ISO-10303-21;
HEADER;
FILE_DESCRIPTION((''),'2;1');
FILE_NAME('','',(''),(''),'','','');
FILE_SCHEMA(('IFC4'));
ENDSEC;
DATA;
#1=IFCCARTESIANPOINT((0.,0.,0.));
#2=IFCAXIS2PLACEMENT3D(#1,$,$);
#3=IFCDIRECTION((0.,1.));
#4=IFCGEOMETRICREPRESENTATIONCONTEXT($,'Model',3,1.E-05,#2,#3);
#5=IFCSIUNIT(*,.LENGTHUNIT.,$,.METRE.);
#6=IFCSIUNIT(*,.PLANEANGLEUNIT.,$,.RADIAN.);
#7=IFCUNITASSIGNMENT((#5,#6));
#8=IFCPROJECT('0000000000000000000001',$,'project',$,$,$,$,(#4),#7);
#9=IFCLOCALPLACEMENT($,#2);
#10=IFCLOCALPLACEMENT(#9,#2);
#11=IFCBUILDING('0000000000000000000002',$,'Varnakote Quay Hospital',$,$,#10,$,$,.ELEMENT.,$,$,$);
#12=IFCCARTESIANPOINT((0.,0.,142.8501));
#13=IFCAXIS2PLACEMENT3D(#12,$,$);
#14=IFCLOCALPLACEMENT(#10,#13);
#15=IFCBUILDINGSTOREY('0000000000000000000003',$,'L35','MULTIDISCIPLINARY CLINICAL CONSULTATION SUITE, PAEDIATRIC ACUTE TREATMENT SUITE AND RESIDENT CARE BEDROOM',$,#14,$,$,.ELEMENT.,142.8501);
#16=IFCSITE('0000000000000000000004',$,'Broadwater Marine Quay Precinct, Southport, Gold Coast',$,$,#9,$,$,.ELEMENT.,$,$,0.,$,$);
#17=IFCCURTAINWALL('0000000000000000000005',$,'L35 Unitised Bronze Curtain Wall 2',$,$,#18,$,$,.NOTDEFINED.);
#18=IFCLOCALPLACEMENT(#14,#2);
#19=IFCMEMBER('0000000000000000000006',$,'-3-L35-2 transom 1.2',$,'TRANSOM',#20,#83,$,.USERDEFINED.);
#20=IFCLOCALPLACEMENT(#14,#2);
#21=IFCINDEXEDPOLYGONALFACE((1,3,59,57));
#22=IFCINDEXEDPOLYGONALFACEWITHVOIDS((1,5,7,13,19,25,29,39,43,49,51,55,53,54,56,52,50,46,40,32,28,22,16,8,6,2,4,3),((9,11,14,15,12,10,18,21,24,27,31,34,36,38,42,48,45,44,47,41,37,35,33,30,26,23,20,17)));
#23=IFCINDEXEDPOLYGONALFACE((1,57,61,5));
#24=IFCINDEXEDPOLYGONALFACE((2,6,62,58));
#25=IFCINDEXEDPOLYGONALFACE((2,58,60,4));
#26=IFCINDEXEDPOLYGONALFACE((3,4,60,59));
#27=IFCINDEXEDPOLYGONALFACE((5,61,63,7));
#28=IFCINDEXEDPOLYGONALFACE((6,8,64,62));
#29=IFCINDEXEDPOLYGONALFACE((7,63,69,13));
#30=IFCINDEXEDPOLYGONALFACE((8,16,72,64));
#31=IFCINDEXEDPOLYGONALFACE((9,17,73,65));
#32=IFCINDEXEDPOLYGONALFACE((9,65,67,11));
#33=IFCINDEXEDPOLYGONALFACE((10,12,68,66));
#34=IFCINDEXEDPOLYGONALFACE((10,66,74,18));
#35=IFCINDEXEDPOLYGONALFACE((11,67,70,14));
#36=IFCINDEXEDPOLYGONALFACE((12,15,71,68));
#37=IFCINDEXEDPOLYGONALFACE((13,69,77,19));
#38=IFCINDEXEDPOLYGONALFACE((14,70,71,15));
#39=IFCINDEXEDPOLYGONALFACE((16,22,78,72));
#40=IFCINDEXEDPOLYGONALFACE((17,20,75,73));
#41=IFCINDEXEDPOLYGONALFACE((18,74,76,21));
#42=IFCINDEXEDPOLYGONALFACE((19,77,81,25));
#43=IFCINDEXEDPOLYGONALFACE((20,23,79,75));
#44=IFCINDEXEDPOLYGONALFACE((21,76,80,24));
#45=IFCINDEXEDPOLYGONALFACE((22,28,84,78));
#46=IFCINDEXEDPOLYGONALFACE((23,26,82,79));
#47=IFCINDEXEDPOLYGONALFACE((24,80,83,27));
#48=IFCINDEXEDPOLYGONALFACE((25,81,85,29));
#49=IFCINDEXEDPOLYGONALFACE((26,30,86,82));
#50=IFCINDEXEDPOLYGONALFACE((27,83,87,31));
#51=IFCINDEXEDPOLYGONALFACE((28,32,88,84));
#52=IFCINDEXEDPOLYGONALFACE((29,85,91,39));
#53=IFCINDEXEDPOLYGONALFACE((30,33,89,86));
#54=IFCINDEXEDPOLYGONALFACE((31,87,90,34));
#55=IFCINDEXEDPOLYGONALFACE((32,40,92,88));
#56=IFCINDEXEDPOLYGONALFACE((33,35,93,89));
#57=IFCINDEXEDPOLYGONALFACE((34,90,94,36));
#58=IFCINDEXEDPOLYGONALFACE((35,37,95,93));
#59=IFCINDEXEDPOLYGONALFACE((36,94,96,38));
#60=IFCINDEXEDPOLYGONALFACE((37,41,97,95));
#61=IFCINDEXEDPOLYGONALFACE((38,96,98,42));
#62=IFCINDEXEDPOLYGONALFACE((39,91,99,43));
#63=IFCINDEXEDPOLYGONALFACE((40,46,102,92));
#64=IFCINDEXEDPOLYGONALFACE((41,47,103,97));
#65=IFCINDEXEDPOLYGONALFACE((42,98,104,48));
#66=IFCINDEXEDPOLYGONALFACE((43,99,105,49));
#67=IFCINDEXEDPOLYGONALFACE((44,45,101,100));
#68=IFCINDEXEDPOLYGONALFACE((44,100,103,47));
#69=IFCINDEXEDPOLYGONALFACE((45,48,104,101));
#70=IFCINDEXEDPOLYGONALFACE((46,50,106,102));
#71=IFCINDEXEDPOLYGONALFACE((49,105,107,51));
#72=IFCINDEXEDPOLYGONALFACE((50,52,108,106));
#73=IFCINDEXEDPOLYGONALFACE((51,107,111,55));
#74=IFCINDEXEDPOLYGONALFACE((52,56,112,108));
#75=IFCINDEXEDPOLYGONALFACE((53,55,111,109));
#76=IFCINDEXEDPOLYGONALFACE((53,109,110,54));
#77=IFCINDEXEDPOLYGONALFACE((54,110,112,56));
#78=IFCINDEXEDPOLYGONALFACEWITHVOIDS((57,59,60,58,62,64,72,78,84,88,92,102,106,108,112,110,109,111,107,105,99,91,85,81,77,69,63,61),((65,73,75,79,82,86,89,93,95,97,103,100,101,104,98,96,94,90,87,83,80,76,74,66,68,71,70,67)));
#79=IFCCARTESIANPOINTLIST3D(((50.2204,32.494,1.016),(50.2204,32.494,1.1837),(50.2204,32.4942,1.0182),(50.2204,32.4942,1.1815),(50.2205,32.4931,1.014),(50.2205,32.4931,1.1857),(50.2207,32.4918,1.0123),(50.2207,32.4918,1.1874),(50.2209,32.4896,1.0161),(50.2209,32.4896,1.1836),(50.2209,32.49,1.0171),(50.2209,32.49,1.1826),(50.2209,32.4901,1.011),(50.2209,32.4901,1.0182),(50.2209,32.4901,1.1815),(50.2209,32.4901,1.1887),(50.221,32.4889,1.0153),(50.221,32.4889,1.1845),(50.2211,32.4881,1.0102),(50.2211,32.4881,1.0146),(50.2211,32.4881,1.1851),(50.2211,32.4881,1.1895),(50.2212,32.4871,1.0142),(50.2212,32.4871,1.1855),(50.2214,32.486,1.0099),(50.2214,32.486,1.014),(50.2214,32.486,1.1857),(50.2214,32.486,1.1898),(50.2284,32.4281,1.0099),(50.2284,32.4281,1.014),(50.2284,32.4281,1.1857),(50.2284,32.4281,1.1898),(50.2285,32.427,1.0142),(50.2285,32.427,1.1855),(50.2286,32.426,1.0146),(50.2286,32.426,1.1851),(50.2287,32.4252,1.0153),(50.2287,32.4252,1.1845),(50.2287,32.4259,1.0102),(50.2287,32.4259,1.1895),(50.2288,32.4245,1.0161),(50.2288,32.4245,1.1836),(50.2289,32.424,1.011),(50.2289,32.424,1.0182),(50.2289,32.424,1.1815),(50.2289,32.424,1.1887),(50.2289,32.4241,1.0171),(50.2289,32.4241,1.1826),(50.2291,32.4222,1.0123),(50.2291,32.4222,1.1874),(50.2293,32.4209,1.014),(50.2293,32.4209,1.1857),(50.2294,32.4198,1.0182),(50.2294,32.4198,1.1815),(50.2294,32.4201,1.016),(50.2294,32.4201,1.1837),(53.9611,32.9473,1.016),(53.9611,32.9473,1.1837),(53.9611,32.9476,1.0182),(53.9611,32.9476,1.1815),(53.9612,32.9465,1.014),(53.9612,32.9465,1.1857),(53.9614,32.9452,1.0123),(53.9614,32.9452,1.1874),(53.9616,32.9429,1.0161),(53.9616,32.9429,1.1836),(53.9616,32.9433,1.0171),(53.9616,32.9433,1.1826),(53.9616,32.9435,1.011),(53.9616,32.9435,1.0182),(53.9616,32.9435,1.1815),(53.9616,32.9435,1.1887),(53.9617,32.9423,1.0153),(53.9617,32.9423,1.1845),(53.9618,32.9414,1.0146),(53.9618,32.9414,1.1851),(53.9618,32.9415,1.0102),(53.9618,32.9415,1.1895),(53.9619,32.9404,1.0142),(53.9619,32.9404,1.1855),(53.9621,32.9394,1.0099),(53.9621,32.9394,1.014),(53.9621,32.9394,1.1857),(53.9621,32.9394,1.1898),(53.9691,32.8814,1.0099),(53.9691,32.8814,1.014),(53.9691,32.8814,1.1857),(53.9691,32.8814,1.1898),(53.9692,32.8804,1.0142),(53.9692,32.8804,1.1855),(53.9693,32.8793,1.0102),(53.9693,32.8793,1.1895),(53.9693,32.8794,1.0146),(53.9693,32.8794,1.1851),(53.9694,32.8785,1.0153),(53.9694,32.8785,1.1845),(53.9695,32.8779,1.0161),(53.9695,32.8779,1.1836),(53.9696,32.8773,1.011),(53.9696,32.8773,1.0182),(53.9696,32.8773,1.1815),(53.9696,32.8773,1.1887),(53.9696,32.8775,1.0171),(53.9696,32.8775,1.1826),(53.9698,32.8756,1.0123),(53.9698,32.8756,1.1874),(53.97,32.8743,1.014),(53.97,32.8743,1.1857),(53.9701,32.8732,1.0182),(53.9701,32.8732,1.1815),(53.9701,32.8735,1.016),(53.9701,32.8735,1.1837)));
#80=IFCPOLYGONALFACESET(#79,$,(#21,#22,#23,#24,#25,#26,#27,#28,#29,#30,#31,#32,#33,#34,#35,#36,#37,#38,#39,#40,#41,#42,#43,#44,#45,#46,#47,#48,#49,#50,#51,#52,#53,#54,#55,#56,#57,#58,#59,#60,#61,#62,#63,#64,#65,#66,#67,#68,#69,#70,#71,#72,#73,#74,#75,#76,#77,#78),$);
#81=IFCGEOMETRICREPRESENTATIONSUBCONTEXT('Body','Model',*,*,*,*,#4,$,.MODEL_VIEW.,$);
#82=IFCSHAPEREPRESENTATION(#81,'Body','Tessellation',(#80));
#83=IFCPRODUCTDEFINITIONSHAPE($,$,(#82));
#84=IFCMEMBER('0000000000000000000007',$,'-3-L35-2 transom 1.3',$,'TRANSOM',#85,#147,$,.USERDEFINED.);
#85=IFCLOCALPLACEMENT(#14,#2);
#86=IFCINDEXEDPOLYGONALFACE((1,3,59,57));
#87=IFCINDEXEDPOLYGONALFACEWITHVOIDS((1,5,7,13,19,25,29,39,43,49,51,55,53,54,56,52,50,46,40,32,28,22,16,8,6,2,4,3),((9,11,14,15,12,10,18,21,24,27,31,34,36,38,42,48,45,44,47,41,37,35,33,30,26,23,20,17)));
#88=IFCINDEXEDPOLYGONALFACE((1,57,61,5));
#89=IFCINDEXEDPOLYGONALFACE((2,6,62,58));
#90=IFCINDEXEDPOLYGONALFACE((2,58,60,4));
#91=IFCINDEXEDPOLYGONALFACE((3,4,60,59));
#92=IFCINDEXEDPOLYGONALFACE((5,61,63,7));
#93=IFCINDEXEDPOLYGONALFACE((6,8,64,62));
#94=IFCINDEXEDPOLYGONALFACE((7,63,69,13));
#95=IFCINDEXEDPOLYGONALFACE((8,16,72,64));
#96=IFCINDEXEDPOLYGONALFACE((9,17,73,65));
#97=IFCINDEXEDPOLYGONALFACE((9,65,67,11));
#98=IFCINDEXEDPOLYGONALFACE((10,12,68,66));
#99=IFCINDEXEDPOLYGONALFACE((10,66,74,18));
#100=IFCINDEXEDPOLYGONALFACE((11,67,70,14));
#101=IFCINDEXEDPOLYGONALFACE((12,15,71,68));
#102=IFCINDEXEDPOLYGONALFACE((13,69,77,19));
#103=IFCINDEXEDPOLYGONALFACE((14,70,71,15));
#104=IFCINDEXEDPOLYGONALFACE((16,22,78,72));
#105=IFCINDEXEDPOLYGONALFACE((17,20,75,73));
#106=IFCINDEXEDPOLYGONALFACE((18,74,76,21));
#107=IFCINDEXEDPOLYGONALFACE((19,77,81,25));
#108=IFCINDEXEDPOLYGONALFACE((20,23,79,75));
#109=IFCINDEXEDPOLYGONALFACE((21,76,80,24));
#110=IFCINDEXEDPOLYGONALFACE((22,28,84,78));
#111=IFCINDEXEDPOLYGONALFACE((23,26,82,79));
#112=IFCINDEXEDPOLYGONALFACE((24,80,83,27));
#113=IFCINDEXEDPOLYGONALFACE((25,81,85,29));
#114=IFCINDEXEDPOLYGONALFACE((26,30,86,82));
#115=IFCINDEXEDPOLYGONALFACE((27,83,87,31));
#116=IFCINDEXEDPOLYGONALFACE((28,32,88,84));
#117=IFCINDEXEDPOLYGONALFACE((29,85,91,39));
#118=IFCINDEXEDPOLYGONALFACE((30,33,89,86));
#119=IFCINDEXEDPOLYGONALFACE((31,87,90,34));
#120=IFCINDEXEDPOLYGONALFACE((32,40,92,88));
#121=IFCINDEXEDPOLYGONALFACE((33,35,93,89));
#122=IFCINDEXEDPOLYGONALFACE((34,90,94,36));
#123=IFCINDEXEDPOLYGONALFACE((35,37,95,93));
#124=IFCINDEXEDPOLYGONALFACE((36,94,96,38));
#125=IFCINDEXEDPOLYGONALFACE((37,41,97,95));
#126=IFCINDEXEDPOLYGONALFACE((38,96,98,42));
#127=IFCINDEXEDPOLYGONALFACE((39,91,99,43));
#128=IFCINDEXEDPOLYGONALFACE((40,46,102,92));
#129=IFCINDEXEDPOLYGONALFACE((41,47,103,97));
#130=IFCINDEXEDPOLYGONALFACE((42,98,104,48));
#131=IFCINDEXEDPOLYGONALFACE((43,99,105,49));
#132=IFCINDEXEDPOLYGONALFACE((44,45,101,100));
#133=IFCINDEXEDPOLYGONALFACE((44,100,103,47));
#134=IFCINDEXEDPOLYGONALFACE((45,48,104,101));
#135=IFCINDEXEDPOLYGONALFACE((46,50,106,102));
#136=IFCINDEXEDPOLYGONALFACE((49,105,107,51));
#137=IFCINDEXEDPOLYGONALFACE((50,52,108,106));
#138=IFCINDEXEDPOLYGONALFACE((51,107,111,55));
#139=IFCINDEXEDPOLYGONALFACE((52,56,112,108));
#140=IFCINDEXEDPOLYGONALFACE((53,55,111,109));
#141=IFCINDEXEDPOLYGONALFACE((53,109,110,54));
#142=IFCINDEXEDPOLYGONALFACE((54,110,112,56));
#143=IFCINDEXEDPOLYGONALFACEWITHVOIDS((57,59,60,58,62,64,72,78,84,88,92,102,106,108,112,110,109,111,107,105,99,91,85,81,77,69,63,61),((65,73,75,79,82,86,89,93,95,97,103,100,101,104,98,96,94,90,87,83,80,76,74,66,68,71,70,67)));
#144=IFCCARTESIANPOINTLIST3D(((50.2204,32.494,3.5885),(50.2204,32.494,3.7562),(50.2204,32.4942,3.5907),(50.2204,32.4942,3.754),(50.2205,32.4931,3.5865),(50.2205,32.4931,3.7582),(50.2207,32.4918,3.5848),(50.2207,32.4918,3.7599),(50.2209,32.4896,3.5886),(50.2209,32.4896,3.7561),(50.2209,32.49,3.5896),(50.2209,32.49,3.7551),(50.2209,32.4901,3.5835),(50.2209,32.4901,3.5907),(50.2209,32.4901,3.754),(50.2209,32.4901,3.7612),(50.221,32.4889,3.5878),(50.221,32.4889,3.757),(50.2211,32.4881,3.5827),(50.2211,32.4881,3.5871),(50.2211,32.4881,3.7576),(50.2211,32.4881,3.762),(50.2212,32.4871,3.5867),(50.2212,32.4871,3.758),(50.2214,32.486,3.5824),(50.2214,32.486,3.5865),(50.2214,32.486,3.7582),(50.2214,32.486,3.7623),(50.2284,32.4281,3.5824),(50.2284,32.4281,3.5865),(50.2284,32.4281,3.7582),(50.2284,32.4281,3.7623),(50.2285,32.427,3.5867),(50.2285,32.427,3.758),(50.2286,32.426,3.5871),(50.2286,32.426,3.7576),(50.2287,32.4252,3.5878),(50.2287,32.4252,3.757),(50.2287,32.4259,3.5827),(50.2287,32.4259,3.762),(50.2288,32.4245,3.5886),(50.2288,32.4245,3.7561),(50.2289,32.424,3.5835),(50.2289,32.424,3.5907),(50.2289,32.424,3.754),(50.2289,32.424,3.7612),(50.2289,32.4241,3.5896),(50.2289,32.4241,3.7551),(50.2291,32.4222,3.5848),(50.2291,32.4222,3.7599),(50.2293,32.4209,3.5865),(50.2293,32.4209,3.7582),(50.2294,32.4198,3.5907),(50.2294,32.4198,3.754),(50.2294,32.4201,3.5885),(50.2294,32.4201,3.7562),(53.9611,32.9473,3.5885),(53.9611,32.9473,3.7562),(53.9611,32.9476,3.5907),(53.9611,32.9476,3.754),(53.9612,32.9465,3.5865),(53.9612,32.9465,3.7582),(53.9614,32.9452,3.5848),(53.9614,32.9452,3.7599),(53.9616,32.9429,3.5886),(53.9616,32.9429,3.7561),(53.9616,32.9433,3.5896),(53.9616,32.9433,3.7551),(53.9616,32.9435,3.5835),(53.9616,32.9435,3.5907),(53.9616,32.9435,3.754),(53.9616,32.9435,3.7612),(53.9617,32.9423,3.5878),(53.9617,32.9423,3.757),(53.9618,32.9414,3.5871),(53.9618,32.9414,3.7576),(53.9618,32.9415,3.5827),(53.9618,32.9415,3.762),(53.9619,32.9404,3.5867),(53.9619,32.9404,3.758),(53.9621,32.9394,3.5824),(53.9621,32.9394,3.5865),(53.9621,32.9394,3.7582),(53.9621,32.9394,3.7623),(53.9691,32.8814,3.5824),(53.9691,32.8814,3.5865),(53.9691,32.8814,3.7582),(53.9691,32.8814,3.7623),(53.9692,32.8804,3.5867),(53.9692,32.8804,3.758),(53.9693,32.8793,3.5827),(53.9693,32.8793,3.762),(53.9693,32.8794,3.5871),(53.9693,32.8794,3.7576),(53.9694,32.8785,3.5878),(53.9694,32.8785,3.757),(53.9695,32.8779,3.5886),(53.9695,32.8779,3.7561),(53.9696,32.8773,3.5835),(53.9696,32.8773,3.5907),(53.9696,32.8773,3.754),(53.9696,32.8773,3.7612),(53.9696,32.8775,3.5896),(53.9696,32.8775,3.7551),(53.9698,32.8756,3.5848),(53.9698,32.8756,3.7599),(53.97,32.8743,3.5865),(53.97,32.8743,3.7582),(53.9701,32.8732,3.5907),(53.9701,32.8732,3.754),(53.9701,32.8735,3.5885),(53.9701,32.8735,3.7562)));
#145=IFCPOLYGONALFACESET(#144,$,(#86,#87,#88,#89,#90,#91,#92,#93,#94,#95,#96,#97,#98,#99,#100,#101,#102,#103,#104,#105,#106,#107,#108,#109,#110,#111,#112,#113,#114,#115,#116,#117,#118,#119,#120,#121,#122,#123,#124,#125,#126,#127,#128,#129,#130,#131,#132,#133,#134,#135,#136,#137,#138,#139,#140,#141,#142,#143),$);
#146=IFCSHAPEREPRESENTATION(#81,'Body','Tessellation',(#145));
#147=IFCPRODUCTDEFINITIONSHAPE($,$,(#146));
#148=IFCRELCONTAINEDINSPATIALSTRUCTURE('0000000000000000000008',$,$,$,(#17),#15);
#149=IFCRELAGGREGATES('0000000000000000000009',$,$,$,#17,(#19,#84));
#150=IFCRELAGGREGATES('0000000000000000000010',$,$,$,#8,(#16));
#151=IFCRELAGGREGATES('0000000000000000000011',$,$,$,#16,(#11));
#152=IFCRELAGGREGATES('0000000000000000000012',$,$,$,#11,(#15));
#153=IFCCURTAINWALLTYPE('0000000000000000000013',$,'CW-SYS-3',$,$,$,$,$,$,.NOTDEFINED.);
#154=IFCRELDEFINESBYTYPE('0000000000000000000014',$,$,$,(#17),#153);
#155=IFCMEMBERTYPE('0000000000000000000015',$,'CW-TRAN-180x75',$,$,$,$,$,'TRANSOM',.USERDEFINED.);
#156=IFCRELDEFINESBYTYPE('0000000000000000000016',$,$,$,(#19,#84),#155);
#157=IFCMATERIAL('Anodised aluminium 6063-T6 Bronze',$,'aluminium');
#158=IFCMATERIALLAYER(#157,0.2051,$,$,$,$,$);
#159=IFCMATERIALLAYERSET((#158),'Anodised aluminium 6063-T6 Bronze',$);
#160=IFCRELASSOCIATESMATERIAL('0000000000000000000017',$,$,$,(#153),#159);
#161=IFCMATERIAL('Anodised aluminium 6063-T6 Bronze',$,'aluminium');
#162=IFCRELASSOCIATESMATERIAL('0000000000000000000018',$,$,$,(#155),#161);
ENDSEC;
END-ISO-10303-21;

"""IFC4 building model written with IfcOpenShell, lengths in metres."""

from ifc_helpers import new_model, si_unit, direction, frame, origin, origin_2d, place, context, subcontext, project, spatial, hollow_rectangle, extrude, material, layer, layer_set, material_profile, profile_set, type_object, element, aggregate, save


model = new_model("IFC4")

# Units and contexts
model_context = context("Model", 3, precision=1e-05, world=origin(), true_north=direction((0.0, 1.0)))
body_context = subcontext(model_context, "Body", "Model", "MODEL_VIEW")
ifc_project = project(units=[si_unit("LENGTHUNIT", "METRE"), si_unit("PLANEANGLEUNIT", "RADIAN")], contexts=[model_context])

# Site, building, storey
site_placement = place(None, origin())
site = spatial("IfcSite", under=ifc_project, at=site_placement, Name="Broadwater Marine Quay Precinct, Southport, Gold Coast", CompositionType="ELEMENT", RefElevation=0.0)
building_placement = place(site_placement, origin())
building = spatial("IfcBuilding", under=site, at=building_placement, Name="Varnakote Quay Hospital", CompositionType="ELEMENT")
storey_placement = place(building_placement, frame((0.0, 0.0, 142.8501)))
storey = spatial("IfcBuildingStorey", under=building, at=storey_placement, Name="L35", Description="MULTIDISCIPLINARY CLINICAL CONSULTATION SUITE, PAEDIATRIC ACUTE TREATMENT SUITE AND RESIDENT CARE BEDROOM", CompositionType="ELEMENT", Elevation=142.8501)

# Shared definitions
ifc_material_1 = material(Name="Anodised aluminium 6063-T6 Bronze", Category="aluminium")
ifc_layer_1 = layer(ifc_material_1, 0.2051)
ifc_layer_set_1 = layer_set([ifc_layer_1], Name="Anodised aluminium 6063-T6 Bronze")
curtain_wall_type = type_object("IfcCurtainWallType", Name="CW-SYS-3", PredefinedType="NOTDEFINED", material=ifc_layer_set_1)

# Curtain wall, members
curtain_wall_1_placement = place(storey_placement, origin())
curtain_wall_1 = element("IfcCurtainWall", 1, at=curtain_wall_1_placement, inside=storey, type_object=curtain_wall_type, Name="L35 Unitised Bronze Curtain Wall 2", PredefinedType="NOTDEFINED")
ifc_material_2 = material(Name="Anodised aluminium 6063-T6 Bronze", Category="aluminium")
ifc_material_profile_1 = material_profile(ifc_material_2, hollow_rectangle(XDim=0.075, YDim=0.1799, WallThickness=0.0042, InnerFilletRadius=0.0042, OuterFilletRadius=0.0083, at=origin_2d()), Name="CW-TRAN-180x75")
ifc_profile_set_1 = profile_set([ifc_material_profile_1], Name="Anodised aluminium 6063-T6 Bronze")
member_type_1 = type_object("IfcMemberType", Name="CW-TRAN-180x75", ElementType="TRANSOM", PredefinedType="USERDEFINED", material=ifc_profile_set_1)
member_1_placement = place(storey_placement, frame((53.9656, 32.9104, 1.0999), z_axis=(-0.992735, -0.120318, 0.0), x_axis=(0.120318, -0.992735, 0.0)))
member_1 = element("IfcMember", 2, at=member_1_placement, type_object=member_type_1, Name="-3-L35-2 transom 1.2", ObjectType="TRANSOM", PredefinedType="USERDEFINED", context=body_context, shape_type="SweptSolid", body=[
    extrude(hollow_rectangle(XDim=0.075, YDim=0.1799, WallThickness=0.0042, InnerFilletRadius=0.0042, OuterFilletRadius=0.0083, at=origin_2d()), origin(), (0.0, 0.0, 1.0), 3.7681),
])
member_2_placement = place(storey_placement, frame((53.9656, 32.9104, 3.6724), z_axis=(-0.992735, -0.120318, 0.0), x_axis=(0.120318, -0.992735, 0.0)))
member_2 = element("IfcMember", 3, at=member_2_placement, type_object=member_type_1, Name="-3-L35-2 transom 1.3", ObjectType="TRANSOM", PredefinedType="USERDEFINED", context=body_context, shape_type="SweptSolid", body=[
    extrude(hollow_rectangle(XDim=0.075, YDim=0.1799, WallThickness=0.0042, InnerFilletRadius=0.0042, OuterFilletRadius=0.0083, at=origin_2d()), origin(), (0.0, 0.0, 1.0), 3.7681),
])

aggregate(curtain_wall_1, [member_1, member_2])

save(model, "model.ifc")
